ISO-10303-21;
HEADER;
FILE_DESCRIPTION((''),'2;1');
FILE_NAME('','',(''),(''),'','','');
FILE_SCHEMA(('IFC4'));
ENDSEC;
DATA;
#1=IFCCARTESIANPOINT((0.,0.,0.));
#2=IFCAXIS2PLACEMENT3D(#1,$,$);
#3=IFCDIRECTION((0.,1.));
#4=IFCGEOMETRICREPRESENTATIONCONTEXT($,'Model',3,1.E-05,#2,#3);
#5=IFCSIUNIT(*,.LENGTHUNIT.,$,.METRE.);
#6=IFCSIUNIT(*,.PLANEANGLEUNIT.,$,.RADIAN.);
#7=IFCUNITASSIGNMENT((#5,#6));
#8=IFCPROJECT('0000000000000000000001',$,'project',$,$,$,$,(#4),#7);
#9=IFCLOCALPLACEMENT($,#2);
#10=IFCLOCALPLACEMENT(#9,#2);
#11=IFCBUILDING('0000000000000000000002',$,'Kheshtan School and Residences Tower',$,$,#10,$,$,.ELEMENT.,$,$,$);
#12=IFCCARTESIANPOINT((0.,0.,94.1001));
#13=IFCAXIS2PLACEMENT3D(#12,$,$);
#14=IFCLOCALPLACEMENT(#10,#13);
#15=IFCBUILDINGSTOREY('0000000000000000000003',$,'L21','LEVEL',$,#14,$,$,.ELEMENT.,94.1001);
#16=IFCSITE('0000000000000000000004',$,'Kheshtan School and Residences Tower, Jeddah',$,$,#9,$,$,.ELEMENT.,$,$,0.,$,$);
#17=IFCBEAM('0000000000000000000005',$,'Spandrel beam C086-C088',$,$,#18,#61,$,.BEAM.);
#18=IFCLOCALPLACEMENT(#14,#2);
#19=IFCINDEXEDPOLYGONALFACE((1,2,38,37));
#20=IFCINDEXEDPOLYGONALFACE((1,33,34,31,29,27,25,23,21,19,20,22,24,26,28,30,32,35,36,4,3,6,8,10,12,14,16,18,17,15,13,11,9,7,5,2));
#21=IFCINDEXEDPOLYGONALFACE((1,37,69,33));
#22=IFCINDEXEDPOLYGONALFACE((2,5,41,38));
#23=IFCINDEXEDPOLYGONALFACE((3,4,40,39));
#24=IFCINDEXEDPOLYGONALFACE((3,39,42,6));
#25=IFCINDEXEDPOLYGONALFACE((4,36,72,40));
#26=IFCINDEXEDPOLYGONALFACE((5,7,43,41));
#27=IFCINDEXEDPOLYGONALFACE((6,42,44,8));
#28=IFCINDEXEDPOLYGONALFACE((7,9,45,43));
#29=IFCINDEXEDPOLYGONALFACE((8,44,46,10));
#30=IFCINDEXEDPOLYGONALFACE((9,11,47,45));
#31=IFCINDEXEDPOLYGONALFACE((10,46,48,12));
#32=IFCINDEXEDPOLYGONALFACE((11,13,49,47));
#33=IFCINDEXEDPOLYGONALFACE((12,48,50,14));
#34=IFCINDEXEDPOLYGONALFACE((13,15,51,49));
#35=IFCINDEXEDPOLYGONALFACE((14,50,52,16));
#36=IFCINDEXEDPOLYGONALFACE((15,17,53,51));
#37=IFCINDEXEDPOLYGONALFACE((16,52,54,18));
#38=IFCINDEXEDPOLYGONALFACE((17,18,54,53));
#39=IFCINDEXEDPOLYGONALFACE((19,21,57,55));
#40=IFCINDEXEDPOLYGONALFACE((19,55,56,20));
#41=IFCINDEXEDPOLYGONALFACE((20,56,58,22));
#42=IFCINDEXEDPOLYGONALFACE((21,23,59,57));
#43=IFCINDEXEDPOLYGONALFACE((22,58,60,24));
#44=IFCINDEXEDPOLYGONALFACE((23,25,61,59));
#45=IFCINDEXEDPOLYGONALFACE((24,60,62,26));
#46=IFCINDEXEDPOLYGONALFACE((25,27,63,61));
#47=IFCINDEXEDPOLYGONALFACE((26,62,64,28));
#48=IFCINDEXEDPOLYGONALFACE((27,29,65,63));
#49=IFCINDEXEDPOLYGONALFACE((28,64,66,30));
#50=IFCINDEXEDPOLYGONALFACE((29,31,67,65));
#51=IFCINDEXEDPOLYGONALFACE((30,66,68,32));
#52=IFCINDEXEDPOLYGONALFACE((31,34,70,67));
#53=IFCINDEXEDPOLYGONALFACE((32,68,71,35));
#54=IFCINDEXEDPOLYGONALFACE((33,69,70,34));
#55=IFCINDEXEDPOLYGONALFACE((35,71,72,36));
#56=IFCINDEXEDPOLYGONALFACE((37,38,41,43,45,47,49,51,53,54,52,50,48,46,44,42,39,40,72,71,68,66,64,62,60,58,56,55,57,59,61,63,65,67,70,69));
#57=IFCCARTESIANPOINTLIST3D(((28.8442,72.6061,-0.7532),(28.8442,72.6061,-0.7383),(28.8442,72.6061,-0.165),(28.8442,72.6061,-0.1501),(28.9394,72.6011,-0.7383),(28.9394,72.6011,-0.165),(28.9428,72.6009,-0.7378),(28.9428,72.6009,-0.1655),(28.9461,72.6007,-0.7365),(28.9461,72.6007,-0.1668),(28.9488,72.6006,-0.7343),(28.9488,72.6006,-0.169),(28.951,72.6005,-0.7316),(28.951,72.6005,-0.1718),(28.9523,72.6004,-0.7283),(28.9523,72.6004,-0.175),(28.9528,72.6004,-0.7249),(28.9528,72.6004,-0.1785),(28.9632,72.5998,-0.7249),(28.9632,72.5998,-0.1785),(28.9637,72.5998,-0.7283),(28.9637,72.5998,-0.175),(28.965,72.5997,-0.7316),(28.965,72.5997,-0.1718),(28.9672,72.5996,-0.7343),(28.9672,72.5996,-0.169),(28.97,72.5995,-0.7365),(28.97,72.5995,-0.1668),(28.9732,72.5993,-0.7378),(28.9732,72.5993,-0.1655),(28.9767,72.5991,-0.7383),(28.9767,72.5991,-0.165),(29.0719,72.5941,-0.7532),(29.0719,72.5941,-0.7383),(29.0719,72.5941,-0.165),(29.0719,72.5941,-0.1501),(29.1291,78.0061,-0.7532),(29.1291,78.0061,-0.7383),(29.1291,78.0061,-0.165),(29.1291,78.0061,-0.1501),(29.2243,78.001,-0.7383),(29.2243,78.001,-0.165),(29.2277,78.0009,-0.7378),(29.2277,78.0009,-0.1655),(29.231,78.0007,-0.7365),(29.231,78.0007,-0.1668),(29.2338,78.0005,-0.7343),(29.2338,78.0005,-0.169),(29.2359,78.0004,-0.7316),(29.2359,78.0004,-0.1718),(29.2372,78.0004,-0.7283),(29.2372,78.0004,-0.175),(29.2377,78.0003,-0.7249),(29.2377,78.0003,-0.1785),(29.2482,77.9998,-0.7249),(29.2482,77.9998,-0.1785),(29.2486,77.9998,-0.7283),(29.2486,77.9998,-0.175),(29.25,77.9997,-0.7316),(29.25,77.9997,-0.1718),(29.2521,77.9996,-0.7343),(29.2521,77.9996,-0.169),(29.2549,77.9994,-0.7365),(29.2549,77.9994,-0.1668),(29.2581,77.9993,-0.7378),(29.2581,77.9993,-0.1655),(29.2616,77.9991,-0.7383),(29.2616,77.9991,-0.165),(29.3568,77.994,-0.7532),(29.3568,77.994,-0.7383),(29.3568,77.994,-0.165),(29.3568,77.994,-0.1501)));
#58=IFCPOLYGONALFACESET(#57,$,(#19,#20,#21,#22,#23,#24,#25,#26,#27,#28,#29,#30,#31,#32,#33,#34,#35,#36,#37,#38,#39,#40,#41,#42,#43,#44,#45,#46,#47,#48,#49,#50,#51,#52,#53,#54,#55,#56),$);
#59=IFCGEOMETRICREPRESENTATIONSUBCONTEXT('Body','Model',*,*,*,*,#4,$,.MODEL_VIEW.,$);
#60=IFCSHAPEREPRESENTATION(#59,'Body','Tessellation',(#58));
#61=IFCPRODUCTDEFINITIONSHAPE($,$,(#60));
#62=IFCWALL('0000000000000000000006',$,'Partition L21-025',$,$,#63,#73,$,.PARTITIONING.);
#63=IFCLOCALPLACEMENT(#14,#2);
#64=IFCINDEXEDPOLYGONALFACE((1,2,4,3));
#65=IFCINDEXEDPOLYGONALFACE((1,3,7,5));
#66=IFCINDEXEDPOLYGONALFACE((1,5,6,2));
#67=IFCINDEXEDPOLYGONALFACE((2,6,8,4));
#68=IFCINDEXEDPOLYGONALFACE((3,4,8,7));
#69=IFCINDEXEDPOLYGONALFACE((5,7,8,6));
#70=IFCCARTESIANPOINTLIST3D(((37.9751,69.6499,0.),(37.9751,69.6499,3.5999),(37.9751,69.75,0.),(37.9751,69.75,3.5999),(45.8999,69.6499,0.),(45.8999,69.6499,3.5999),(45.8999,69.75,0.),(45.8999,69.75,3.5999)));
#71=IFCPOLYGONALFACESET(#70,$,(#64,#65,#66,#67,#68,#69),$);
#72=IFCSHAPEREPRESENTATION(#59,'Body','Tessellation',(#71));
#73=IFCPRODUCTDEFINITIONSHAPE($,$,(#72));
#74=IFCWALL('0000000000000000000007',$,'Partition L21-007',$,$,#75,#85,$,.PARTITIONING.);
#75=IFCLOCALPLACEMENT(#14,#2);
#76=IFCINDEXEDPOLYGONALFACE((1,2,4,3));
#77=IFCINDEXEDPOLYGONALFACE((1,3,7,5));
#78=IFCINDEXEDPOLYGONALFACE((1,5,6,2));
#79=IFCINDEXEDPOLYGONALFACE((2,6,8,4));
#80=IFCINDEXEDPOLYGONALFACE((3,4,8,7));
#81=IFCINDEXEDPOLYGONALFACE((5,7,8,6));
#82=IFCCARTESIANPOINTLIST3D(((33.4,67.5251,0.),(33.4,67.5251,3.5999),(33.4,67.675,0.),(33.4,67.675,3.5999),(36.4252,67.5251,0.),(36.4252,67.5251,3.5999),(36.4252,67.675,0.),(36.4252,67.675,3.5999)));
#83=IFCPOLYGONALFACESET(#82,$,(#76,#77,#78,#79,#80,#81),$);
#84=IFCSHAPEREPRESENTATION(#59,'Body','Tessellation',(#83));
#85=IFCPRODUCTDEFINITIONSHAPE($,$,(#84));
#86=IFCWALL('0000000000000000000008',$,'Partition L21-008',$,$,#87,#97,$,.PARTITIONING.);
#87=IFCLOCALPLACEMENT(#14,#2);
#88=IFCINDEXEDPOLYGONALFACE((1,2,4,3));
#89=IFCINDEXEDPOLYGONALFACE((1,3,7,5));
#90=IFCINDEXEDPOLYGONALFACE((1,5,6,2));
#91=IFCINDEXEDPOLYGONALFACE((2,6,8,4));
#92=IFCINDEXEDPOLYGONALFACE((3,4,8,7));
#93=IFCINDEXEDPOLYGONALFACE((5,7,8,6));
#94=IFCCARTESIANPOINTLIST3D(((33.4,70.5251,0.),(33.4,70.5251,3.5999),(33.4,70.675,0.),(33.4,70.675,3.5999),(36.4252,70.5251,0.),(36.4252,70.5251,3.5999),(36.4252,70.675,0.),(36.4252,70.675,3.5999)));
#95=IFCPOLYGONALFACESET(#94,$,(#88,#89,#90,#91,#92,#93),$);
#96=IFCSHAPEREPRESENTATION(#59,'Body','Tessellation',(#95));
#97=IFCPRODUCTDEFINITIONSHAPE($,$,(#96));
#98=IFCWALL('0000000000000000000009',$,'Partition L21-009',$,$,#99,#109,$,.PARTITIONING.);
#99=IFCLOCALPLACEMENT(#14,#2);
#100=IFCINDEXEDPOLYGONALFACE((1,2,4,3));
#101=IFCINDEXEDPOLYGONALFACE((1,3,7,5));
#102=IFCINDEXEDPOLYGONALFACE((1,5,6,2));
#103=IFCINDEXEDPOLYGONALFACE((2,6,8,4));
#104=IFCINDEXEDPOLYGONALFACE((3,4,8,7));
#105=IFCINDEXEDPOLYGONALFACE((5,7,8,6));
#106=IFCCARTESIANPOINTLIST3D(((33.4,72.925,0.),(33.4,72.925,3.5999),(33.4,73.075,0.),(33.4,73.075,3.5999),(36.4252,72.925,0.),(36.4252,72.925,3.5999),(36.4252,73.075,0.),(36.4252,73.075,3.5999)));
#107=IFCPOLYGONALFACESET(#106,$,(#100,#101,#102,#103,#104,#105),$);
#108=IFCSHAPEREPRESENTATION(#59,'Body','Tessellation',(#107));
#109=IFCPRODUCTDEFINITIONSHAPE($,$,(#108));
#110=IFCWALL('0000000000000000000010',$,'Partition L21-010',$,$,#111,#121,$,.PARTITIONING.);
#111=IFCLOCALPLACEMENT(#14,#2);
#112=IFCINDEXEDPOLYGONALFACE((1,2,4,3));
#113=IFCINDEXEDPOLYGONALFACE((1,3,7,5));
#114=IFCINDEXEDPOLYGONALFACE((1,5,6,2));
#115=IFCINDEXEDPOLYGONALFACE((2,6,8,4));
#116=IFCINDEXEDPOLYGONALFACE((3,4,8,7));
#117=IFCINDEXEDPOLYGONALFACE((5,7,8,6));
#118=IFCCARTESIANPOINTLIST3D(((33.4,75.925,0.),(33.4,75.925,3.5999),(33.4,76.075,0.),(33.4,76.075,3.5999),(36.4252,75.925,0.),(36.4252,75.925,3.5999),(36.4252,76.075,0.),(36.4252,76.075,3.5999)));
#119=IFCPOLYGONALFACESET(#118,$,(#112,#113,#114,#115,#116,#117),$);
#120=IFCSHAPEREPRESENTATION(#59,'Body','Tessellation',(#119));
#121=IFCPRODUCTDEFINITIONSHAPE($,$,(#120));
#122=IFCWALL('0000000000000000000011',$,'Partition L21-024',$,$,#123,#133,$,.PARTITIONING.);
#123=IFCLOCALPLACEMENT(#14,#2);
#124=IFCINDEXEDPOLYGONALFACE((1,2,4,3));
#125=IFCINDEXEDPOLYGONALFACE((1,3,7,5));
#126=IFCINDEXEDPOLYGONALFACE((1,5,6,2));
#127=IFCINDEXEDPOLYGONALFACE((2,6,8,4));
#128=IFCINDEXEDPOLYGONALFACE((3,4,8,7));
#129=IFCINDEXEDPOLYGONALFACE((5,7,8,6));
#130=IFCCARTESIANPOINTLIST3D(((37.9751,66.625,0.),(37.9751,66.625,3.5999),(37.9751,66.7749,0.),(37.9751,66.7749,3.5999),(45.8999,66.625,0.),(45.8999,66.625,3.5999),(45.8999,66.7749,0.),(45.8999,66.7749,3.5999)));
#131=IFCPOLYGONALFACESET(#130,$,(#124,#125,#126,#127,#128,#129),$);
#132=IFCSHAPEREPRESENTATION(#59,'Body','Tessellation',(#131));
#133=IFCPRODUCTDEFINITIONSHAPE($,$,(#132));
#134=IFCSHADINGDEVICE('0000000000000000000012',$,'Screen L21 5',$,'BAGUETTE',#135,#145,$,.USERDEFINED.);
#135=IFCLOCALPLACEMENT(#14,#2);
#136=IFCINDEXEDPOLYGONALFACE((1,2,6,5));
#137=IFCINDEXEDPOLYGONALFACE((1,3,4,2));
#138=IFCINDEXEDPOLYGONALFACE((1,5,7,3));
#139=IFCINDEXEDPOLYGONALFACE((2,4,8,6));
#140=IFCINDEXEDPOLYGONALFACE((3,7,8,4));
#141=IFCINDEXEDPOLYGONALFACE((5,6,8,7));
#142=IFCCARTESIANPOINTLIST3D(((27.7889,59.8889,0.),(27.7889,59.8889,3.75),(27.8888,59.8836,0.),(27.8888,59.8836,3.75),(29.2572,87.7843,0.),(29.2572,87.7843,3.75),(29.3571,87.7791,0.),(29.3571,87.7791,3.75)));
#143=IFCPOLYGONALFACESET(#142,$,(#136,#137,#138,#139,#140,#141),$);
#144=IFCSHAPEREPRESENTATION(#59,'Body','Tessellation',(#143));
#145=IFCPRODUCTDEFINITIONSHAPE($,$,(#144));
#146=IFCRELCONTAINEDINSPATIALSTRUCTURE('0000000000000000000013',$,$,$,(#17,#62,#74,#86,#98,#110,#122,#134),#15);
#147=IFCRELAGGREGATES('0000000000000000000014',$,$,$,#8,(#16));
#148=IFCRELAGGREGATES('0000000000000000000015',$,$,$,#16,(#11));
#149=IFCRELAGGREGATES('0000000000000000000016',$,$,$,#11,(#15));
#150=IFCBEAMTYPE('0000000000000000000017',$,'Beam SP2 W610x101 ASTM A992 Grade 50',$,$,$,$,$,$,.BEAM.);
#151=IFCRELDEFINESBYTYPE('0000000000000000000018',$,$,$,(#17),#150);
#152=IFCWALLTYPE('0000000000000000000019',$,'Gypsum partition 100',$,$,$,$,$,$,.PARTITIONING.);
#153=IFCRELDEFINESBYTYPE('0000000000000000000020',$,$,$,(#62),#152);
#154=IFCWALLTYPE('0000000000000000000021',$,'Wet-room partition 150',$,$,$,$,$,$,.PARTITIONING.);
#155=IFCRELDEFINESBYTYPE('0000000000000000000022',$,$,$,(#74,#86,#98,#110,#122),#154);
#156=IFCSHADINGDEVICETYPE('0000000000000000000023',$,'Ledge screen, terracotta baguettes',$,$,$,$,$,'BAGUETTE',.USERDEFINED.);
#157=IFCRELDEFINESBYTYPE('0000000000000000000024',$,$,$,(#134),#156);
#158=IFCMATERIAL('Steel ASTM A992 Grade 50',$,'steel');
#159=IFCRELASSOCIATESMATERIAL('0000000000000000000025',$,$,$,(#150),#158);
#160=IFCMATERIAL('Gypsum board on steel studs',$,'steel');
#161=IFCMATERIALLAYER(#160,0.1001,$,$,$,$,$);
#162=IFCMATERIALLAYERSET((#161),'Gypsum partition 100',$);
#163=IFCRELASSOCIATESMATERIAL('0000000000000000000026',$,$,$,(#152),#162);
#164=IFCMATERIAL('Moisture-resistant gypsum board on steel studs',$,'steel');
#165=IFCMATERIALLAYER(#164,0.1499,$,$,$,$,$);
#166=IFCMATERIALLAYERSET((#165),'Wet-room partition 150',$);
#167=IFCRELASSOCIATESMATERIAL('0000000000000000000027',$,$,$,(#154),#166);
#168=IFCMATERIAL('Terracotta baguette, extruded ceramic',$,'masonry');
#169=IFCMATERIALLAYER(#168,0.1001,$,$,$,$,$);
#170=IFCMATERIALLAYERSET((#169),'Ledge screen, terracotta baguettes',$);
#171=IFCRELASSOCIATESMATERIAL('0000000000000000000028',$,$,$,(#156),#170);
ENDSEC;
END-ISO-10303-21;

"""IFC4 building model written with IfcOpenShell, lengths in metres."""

from ifc_helpers import new_model, si_unit, direction, frame, frame_2d, origin, origin_2d, place, context, subcontext, project, spatial, rectangle, i_section, extrude, material, layer, layer_set, material_profile, profile_set, type_object, element, save


model = new_model("IFC4")

# Units and contexts
model_context = context("Model", 3, precision=1e-05, world=origin(), true_north=direction((0.0, 1.0)))
body_context = subcontext(model_context, "Body", "Model", "MODEL_VIEW")
ifc_project = project(units=[si_unit("LENGTHUNIT", "METRE"), si_unit("PLANEANGLEUNIT", "RADIAN")], contexts=[model_context])

# Site, building, storey
site_placement = place(None, origin())
site = spatial("IfcSite", under=ifc_project, at=site_placement, Name="Kheshtan School and Residences Tower, Jeddah", CompositionType="ELEMENT", RefElevation=0.0)
building_placement = place(site_placement, origin())
building = spatial("IfcBuilding", under=site, at=building_placement, Name="Kheshtan School and Residences Tower", CompositionType="ELEMENT")
storey_placement = place(building_placement, frame((0.0, 0.0, 94.1001)))
storey = spatial("IfcBuildingStorey", under=building, at=storey_placement, Name="L21", Description="LEVEL", CompositionType="ELEMENT", Elevation=94.1001)

# Shared definitions
ifc_material_1 = material(Name="Steel ASTM A992 Grade 50", Category="steel")

# Beam
ifc_material_profile_1 = material_profile(ifc_material_1, i_section(OverallWidth=0.228, OverallDepth=0.603, WebThickness=0.0105, FlangeThickness=0.0149, FilletRadius=0.0134, at=origin_2d()), Name="W610x101")
ifc_profile_set_1 = profile_set([ifc_material_profile_1], Name="Steel ASTM A992 Grade 50")
beam_type_1 = type_object("IfcBeamType", Name="Beam SP2 W610x101 ASTM A992 Grade 50", PredefinedType="BEAM", material=ifc_profile_set_1)
beam_1_placement = place(storey_placement, frame((28.958, 72.6001, -0.4517), z_axis=(0.052689, 0.998611, 0.0), x_axis=(-0.998611, 0.052689, 0.0)))
element("IfcBeam", 1, at=beam_1_placement, inside=storey, type_object=beam_type_1, Name="Spandrel beam C086-C088", PredefinedType="BEAM", context=body_context, shape_type="SweptSolid", body=[
    extrude(i_section(OverallWidth=0.228, OverallDepth=0.603, WebThickness=0.0105, FlangeThickness=0.0149, FilletRadius=0.0134, at=origin_2d()), origin(), (0.0, 0.0, 1.0), 5.4075),
])

# Walls
ifc_material_2 = material(Name="Gypsum board on steel studs", Category="steel")
ifc_layer_1 = layer(ifc_material_2, 0.1001)
ifc_layer_set_1 = layer_set([ifc_layer_1], Name="Gypsum partition 100")
wall_type_1 = type_object("IfcWallType", Name="Gypsum partition 100", PredefinedType="PARTITIONING", material=ifc_layer_set_1)
wall_1_placement = place(storey_placement, frame((37.9751, 69.7, 0.0), z_axis=(0.0, 0.0, 1.0), x_axis=(1.0, 0.0, 0.0)))
element("IfcWall", 2, at=wall_1_placement, inside=storey, type_object=wall_type_1, Name="Partition L21-025", PredefinedType="PARTITIONING", context=body_context, shape_type="SweptSolid", body=[
    extrude(rectangle(XDim=7.9248, YDim=0.1001, at=frame_2d((3.9624, 0.0))), origin(), (0.0, 0.0, 1.0), 3.5999),
])
ifc_material_3 = material(Name="Moisture-resistant gypsum board on steel studs", Category="steel")
ifc_layer_2 = layer(ifc_material_3, 0.1499)
ifc_layer_set_2 = layer_set([ifc_layer_2], Name="Wet-room partition 150")
wall_type_2 = type_object("IfcWallType", Name="Wet-room partition 150", PredefinedType="PARTITIONING", material=ifc_layer_set_2)
for number, where, z_axis, x_axis, name in (
    (3, (33.3999, 67.6001, 0.0), (0.0, 0.0, 1.0), (1.0, 0.0, 0.0), "Partition L21-007"),
    (4, (33.3999, 70.6001, 0.0), (0.0, 0.0, 1.0), (1.0, 0.0, 0.0), "Partition L21-008"),
    (5, (33.3999, 73.0, 0.0), (0.0, 0.0, 1.0), (1.0, 0.0, 0.0), "Partition L21-009"),
    (6, (33.3999, 76.0, 0.0), (0.0, 0.0, 1.0), (1.0, 0.0, 0.0), "Partition L21-010"),
):
    element("IfcWall", number, at=place(storey_placement, frame(where, z_axis=z_axis, x_axis=x_axis)), inside=storey, type_object=wall_type_2, Name=name, PredefinedType="PARTITIONING", context=body_context, shape_type="SweptSolid", body=[
        extrude(rectangle(XDim=3.0251, YDim=0.1499, at=frame_2d((1.5127, 0.0))), origin(), (0.0, 0.0, 1.0), 3.5999),
    ])
wall_2_placement = place(storey_placement, frame((37.9751, 66.7, 0.0), z_axis=(0.0, 0.0, 1.0), x_axis=(1.0, 0.0, 0.0)))
element("IfcWall", 7, at=wall_2_placement, inside=storey, type_object=wall_type_2, Name="Partition L21-024", PredefinedType="PARTITIONING", context=body_context, shape_type="SweptSolid", body=[
    extrude(rectangle(XDim=7.9248, YDim=0.1499, at=frame_2d((3.9624, 0.0))), origin(), (0.0, 0.0, 1.0), 3.5999),
])

# Shading device
ifc_material_4 = material(Name="Terracotta baguette, extruded ceramic", Category="masonry")
ifc_layer_3 = layer(ifc_material_4, 0.1001)
ifc_layer_set_3 = layer_set([ifc_layer_3], Name="Ledge screen, terracotta baguettes")
shading_device_type = type_object("IfcShadingDeviceType", Name="Ledge screen, terracotta baguettes", ElementType="BAGUETTE", PredefinedType="USERDEFINED", material=ifc_layer_set_3)
shading_device_placement = place(storey_placement, frame((28.573, 73.834, 0.0), z_axis=(0.0, 0.0, 1.0), x_axis=(0.052563, 0.998618, 0.0)))
element("IfcShadingDevice", 8, at=shading_device_placement, inside=storey, type_object=shading_device_type, Name="Screen L21 5", ObjectType="BAGUETTE", PredefinedType="USERDEFINED", context=body_context, shape_type="SweptSolid", body=[
    extrude(rectangle(XDim=27.9341, YDim=0.1001, at=origin_2d()), origin(), (0.0, 0.0, 1.0), 3.75),
])

save(model, "model.ifc")
